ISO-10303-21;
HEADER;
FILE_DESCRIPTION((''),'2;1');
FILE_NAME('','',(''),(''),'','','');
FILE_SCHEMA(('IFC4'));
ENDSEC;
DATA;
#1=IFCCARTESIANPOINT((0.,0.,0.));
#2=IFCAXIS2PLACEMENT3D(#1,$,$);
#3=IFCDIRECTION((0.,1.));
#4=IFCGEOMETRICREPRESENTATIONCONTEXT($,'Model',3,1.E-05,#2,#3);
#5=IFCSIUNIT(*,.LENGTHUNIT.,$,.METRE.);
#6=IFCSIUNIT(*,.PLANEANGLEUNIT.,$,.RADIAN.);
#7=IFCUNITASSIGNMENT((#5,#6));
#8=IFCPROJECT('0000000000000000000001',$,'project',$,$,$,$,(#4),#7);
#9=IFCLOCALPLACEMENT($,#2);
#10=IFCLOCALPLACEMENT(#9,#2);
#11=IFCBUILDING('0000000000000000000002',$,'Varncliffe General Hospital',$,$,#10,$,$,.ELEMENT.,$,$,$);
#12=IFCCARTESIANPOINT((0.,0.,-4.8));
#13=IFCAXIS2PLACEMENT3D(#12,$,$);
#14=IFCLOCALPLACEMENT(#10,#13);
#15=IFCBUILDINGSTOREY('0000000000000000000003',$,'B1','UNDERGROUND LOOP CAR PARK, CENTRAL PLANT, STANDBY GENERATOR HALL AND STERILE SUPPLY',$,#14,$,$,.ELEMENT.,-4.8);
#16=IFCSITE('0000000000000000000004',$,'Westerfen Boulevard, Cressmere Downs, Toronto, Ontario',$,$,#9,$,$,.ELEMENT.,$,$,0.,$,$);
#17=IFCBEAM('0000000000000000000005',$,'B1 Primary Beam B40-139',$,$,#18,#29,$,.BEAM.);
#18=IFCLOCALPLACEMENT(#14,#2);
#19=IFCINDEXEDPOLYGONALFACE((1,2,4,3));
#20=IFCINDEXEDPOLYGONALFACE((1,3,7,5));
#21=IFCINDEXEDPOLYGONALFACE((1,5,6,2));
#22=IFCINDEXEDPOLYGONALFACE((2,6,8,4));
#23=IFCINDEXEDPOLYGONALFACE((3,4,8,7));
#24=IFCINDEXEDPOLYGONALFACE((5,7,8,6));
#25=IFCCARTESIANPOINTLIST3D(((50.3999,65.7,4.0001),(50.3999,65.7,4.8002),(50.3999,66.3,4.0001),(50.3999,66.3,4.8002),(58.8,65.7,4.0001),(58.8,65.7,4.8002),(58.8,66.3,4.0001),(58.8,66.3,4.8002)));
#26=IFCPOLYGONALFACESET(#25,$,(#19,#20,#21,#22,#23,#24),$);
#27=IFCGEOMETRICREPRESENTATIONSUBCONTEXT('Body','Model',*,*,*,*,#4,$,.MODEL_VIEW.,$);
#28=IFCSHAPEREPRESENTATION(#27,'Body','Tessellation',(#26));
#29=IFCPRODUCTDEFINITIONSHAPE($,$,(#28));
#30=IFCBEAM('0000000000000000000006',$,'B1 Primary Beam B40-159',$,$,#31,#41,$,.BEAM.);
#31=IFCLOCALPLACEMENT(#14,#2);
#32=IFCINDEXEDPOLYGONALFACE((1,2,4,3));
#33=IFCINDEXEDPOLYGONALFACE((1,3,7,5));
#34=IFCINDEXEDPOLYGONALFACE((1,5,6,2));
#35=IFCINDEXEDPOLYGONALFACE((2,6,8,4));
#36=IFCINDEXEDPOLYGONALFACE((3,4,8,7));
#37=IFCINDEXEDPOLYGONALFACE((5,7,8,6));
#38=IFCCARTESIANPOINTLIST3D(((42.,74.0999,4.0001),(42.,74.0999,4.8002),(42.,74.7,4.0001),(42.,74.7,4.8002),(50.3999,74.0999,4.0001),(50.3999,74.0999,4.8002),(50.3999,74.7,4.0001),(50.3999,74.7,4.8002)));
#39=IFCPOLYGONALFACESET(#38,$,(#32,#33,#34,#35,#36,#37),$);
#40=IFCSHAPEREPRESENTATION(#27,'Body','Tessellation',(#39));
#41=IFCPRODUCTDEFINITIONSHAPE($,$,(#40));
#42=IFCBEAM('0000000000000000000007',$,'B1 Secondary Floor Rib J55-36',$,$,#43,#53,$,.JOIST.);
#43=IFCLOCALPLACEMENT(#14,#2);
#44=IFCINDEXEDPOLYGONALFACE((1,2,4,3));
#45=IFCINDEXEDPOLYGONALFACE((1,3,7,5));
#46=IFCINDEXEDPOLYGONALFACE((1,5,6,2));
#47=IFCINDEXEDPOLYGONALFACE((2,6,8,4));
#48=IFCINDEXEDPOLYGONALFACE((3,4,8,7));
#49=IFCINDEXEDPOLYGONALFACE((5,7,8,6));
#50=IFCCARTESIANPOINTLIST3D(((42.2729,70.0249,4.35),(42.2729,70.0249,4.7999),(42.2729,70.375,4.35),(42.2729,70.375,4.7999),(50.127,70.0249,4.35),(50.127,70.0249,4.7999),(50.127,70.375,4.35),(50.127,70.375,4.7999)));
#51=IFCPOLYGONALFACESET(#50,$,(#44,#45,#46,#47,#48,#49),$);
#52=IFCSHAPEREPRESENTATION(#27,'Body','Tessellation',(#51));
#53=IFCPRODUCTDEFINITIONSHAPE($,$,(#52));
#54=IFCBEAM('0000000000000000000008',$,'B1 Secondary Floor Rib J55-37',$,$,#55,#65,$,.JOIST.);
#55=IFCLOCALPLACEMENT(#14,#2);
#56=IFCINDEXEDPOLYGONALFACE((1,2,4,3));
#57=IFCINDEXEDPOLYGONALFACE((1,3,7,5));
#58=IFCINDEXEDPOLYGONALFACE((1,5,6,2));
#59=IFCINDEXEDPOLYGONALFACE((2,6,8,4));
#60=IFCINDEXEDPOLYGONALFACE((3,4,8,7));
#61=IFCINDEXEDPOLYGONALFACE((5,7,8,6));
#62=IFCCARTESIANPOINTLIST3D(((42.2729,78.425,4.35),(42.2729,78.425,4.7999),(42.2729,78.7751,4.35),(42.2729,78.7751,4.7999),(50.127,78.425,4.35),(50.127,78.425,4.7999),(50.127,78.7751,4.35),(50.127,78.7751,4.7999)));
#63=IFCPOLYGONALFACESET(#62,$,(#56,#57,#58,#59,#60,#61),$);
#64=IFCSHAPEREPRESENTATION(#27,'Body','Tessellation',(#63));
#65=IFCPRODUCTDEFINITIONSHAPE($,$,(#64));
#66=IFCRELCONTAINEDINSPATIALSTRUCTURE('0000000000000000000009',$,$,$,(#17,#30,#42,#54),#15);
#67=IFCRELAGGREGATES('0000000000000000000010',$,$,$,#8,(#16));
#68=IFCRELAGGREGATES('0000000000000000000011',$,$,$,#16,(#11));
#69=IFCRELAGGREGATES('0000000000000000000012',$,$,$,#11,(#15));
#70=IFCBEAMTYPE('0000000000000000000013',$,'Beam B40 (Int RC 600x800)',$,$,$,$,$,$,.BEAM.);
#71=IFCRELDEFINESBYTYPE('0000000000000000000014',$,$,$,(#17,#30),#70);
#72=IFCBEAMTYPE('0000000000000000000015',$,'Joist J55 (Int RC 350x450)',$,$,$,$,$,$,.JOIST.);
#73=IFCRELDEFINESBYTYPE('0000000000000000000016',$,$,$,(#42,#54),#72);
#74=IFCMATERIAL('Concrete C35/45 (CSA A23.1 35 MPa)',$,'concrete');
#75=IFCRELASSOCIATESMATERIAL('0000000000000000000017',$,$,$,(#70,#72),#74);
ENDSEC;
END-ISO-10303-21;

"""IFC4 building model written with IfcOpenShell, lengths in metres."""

from ifc_helpers import new_model, si_unit, direction, frame, origin, origin_2d, place, context, subcontext, project, spatial, rectangle, extrude, material, material_profile, profile_set, type_object, element, save


model = new_model("IFC4")

# Units and contexts
model_context = context("Model", 3, precision=1e-05, world=origin(), true_north=direction((0.0, 1.0)))
body_context = subcontext(model_context, "Body", "Model", "MODEL_VIEW")
ifc_project = project(units=[si_unit("LENGTHUNIT", "METRE"), si_unit("PLANEANGLEUNIT", "RADIAN")], contexts=[model_context])

# Site, building, storey
site_placement = place(None, origin())
site = spatial("IfcSite", under=ifc_project, at=site_placement, Name="Westerfen Boulevard, Cressmere Downs, Toronto, Ontario", CompositionType="ELEMENT", RefElevation=0.0)
building_placement = place(site_placement, origin())
building = spatial("IfcBuilding", under=site, at=building_placement, Name="Varncliffe General Hospital", CompositionType="ELEMENT")
storey_placement = place(building_placement, frame((0.0, 0.0, -4.8)))
storey = spatial("IfcBuildingStorey", under=building, at=storey_placement, Name="B1", Description="UNDERGROUND LOOP CAR PARK, CENTRAL PLANT, STANDBY GENERATOR HALL AND STERILE SUPPLY", CompositionType="ELEMENT", Elevation=-4.8)

# Beams
ifc_material_1 = material(Name="Concrete C35/45 (CSA A23.1 35 MPa)", Category="concrete")
ifc_material_profile_1 = material_profile(ifc_material_1, rectangle(XDim=0.6001, YDim=0.8, at=origin_2d()), Name="RC 600x800")
ifc_profile_set_1 = profile_set([ifc_material_profile_1], Name="Concrete C35/45 (CSA A23.1 35 MPa)")
beam_type_1 = type_object("IfcBeamType", Name="Beam B40 (Int RC 600x800)", PredefinedType="BEAM", material=ifc_profile_set_1)
beam_1_placement = place(storey_placement, frame((50.3999, 66.0, 4.4001), z_axis=(1.0, 0.0, 0.0), x_axis=(0.0, 1.0, 0.0)))
element("IfcBeam", 1, at=beam_1_placement, inside=storey, type_object=beam_type_1, Name="B1 Primary Beam B40-139", PredefinedType="BEAM", context=body_context, shape_type="SweptSolid", body=[
    extrude(rectangle(XDim=0.6001, YDim=0.8, at=origin_2d()), origin(), (0.0, 0.0, 1.0), 8.4001),
])
beam_2_placement = place(storey_placement, frame((42.0, 74.3999, 4.4001), z_axis=(1.0, 0.0, 0.0), x_axis=(0.0, 1.0, 0.0)))
element("IfcBeam", 2, at=beam_2_placement, inside=storey, type_object=beam_type_1, Name="B1 Primary Beam B40-159", PredefinedType="BEAM", context=body_context, shape_type="SweptSolid", body=[
    extrude(rectangle(XDim=0.6001, YDim=0.8, at=origin_2d()), origin(), (0.0, 0.0, 1.0), 8.3999),
])
ifc_material_profile_2 = material_profile(ifc_material_1, rectangle(XDim=0.3501, YDim=0.45, at=origin_2d()), Name="RC 350x450")
ifc_profile_set_2 = profile_set([ifc_material_profile_2], Name="Concrete C35/45 (CSA A23.1 35 MPa)")
beam_type_2 = type_object("IfcBeamType", Name="Joist J55 (Int RC 350x450)", PredefinedType="JOIST", material=ifc_profile_set_2)
for number, where, z_axis, x_axis, name in (
    (3, (42.2729, 70.2, 4.575), (1.0, 0.0, 0.0), (0.0, 1.0, 0.0), "B1 Secondary Floor Rib J55-36"),
    (4, (42.2729, 78.6001, 4.575), (1.0, 0.0, 0.0), (0.0, 1.0, 0.0), "B1 Secondary Floor Rib J55-37"),
):
    element("IfcBeam", number, at=place(storey_placement, frame(where, z_axis=z_axis, x_axis=x_axis)), inside=storey, type_object=beam_type_2, Name=name, PredefinedType="JOIST", context=body_context, shape_type="SweptSolid", body=[
        extrude(rectangle(XDim=0.3501, YDim=0.45, at=origin_2d()), origin(), (0.0, 0.0, 1.0), 7.854),
    ])

save(model, "model.ifc")
